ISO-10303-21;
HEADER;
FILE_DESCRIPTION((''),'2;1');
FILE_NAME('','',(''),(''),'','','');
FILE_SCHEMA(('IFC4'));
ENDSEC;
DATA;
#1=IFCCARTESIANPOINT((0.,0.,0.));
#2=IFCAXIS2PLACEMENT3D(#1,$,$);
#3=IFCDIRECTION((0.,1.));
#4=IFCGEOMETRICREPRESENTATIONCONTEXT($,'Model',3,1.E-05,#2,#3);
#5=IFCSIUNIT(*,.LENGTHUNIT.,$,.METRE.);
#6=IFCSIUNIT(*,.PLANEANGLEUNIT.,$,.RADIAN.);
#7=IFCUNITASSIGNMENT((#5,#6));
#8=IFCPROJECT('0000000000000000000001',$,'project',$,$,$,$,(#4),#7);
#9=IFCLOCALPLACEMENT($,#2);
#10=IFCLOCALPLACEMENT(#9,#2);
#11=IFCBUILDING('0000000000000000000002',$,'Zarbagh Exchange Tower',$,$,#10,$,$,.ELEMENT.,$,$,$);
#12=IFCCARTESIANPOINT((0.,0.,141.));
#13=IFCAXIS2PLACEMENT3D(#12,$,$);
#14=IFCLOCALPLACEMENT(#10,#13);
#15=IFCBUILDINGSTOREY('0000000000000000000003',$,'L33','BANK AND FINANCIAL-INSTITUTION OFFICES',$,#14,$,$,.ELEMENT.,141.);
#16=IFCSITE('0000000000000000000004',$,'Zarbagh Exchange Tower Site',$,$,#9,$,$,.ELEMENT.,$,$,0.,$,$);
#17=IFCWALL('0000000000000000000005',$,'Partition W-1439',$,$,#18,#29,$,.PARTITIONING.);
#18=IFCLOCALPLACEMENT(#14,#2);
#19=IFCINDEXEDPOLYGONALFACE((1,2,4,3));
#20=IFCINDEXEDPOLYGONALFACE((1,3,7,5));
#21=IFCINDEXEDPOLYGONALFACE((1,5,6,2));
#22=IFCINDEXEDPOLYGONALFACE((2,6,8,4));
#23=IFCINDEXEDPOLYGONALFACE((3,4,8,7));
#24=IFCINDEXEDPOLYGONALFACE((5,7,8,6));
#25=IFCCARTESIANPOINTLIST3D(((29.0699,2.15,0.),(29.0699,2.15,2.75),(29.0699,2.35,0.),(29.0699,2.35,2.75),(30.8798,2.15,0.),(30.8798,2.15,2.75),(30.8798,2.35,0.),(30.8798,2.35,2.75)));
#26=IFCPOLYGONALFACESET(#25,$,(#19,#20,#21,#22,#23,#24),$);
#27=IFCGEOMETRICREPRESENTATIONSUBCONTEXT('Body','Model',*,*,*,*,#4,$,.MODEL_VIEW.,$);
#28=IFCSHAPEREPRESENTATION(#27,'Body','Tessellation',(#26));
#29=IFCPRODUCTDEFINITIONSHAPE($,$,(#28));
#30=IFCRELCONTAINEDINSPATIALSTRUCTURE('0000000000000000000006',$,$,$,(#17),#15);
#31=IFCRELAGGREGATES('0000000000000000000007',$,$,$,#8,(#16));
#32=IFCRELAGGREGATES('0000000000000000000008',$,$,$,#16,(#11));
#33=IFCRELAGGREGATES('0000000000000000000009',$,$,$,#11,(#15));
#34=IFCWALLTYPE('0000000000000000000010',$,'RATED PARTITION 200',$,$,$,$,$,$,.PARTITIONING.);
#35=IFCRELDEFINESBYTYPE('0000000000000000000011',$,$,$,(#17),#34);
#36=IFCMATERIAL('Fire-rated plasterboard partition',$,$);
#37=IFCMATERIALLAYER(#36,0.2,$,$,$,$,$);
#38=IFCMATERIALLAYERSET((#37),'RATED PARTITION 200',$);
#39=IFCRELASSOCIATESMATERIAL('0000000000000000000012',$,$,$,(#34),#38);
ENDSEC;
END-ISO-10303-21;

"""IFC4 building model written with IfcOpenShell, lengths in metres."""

from ifc_helpers import new_model, si_unit, direction, frame, frame_2d, origin, place, context, subcontext, project, spatial, rectangle, extrude, material, layer, layer_set, type_object, element, save


model = new_model("IFC4")

# Units and contexts
model_context = context("Model", 3, precision=1e-05, world=origin(), true_north=direction((0.0, 1.0)))
body_context = subcontext(model_context, "Body", "Model", "MODEL_VIEW")
ifc_project = project(units=[si_unit("LENGTHUNIT", "METRE"), si_unit("PLANEANGLEUNIT", "RADIAN")], contexts=[model_context])

# Site, building, storey
site_placement = place(None, origin())
site = spatial("IfcSite", under=ifc_project, at=site_placement, Name="Zarbagh Exchange Tower Site", CompositionType="ELEMENT", RefElevation=0.0)
building_placement = place(site_placement, origin())
building = spatial("IfcBuilding", under=site, at=building_placement, Name="Zarbagh Exchange Tower", CompositionType="ELEMENT")
storey_placement = place(building_placement, frame((0.0, 0.0, 141.0)))
storey = spatial("IfcBuildingStorey", under=building, at=storey_placement, Name="L33", Description="BANK AND FINANCIAL-INSTITUTION OFFICES", CompositionType="ELEMENT", Elevation=141.0)

# Shared definitions
ifc_material_1 = material(Name="Fire-rated plasterboard partition")
ifc_layer = layer(ifc_material_1, 0.2)
ifc_layer_set = layer_set([ifc_layer], Name="RATED PARTITION 200")
wall_type = type_object("IfcWallType", Name="RATED PARTITION 200", PredefinedType="PARTITIONING", material=ifc_layer_set)

# Wall
wall_1_placement = place(storey_placement, frame((29.0701, 2.25, 0.0), z_axis=(0.0, 0.0, 1.0), x_axis=(1.0, 0.0, 0.0)))
element("IfcWall", 1, at=wall_1_placement, inside=storey, type_object=wall_type, Name="Partition W-1439", PredefinedType="PARTITIONING", context=body_context, shape_type="SweptSolid", body=[
    extrude(rectangle(XDim=1.8098, YDim=0.2, at=frame_2d((0.9048, 0.0))), origin(), (0.0, 0.0, 1.0), 2.75),
])

save(model, "model.ifc")
